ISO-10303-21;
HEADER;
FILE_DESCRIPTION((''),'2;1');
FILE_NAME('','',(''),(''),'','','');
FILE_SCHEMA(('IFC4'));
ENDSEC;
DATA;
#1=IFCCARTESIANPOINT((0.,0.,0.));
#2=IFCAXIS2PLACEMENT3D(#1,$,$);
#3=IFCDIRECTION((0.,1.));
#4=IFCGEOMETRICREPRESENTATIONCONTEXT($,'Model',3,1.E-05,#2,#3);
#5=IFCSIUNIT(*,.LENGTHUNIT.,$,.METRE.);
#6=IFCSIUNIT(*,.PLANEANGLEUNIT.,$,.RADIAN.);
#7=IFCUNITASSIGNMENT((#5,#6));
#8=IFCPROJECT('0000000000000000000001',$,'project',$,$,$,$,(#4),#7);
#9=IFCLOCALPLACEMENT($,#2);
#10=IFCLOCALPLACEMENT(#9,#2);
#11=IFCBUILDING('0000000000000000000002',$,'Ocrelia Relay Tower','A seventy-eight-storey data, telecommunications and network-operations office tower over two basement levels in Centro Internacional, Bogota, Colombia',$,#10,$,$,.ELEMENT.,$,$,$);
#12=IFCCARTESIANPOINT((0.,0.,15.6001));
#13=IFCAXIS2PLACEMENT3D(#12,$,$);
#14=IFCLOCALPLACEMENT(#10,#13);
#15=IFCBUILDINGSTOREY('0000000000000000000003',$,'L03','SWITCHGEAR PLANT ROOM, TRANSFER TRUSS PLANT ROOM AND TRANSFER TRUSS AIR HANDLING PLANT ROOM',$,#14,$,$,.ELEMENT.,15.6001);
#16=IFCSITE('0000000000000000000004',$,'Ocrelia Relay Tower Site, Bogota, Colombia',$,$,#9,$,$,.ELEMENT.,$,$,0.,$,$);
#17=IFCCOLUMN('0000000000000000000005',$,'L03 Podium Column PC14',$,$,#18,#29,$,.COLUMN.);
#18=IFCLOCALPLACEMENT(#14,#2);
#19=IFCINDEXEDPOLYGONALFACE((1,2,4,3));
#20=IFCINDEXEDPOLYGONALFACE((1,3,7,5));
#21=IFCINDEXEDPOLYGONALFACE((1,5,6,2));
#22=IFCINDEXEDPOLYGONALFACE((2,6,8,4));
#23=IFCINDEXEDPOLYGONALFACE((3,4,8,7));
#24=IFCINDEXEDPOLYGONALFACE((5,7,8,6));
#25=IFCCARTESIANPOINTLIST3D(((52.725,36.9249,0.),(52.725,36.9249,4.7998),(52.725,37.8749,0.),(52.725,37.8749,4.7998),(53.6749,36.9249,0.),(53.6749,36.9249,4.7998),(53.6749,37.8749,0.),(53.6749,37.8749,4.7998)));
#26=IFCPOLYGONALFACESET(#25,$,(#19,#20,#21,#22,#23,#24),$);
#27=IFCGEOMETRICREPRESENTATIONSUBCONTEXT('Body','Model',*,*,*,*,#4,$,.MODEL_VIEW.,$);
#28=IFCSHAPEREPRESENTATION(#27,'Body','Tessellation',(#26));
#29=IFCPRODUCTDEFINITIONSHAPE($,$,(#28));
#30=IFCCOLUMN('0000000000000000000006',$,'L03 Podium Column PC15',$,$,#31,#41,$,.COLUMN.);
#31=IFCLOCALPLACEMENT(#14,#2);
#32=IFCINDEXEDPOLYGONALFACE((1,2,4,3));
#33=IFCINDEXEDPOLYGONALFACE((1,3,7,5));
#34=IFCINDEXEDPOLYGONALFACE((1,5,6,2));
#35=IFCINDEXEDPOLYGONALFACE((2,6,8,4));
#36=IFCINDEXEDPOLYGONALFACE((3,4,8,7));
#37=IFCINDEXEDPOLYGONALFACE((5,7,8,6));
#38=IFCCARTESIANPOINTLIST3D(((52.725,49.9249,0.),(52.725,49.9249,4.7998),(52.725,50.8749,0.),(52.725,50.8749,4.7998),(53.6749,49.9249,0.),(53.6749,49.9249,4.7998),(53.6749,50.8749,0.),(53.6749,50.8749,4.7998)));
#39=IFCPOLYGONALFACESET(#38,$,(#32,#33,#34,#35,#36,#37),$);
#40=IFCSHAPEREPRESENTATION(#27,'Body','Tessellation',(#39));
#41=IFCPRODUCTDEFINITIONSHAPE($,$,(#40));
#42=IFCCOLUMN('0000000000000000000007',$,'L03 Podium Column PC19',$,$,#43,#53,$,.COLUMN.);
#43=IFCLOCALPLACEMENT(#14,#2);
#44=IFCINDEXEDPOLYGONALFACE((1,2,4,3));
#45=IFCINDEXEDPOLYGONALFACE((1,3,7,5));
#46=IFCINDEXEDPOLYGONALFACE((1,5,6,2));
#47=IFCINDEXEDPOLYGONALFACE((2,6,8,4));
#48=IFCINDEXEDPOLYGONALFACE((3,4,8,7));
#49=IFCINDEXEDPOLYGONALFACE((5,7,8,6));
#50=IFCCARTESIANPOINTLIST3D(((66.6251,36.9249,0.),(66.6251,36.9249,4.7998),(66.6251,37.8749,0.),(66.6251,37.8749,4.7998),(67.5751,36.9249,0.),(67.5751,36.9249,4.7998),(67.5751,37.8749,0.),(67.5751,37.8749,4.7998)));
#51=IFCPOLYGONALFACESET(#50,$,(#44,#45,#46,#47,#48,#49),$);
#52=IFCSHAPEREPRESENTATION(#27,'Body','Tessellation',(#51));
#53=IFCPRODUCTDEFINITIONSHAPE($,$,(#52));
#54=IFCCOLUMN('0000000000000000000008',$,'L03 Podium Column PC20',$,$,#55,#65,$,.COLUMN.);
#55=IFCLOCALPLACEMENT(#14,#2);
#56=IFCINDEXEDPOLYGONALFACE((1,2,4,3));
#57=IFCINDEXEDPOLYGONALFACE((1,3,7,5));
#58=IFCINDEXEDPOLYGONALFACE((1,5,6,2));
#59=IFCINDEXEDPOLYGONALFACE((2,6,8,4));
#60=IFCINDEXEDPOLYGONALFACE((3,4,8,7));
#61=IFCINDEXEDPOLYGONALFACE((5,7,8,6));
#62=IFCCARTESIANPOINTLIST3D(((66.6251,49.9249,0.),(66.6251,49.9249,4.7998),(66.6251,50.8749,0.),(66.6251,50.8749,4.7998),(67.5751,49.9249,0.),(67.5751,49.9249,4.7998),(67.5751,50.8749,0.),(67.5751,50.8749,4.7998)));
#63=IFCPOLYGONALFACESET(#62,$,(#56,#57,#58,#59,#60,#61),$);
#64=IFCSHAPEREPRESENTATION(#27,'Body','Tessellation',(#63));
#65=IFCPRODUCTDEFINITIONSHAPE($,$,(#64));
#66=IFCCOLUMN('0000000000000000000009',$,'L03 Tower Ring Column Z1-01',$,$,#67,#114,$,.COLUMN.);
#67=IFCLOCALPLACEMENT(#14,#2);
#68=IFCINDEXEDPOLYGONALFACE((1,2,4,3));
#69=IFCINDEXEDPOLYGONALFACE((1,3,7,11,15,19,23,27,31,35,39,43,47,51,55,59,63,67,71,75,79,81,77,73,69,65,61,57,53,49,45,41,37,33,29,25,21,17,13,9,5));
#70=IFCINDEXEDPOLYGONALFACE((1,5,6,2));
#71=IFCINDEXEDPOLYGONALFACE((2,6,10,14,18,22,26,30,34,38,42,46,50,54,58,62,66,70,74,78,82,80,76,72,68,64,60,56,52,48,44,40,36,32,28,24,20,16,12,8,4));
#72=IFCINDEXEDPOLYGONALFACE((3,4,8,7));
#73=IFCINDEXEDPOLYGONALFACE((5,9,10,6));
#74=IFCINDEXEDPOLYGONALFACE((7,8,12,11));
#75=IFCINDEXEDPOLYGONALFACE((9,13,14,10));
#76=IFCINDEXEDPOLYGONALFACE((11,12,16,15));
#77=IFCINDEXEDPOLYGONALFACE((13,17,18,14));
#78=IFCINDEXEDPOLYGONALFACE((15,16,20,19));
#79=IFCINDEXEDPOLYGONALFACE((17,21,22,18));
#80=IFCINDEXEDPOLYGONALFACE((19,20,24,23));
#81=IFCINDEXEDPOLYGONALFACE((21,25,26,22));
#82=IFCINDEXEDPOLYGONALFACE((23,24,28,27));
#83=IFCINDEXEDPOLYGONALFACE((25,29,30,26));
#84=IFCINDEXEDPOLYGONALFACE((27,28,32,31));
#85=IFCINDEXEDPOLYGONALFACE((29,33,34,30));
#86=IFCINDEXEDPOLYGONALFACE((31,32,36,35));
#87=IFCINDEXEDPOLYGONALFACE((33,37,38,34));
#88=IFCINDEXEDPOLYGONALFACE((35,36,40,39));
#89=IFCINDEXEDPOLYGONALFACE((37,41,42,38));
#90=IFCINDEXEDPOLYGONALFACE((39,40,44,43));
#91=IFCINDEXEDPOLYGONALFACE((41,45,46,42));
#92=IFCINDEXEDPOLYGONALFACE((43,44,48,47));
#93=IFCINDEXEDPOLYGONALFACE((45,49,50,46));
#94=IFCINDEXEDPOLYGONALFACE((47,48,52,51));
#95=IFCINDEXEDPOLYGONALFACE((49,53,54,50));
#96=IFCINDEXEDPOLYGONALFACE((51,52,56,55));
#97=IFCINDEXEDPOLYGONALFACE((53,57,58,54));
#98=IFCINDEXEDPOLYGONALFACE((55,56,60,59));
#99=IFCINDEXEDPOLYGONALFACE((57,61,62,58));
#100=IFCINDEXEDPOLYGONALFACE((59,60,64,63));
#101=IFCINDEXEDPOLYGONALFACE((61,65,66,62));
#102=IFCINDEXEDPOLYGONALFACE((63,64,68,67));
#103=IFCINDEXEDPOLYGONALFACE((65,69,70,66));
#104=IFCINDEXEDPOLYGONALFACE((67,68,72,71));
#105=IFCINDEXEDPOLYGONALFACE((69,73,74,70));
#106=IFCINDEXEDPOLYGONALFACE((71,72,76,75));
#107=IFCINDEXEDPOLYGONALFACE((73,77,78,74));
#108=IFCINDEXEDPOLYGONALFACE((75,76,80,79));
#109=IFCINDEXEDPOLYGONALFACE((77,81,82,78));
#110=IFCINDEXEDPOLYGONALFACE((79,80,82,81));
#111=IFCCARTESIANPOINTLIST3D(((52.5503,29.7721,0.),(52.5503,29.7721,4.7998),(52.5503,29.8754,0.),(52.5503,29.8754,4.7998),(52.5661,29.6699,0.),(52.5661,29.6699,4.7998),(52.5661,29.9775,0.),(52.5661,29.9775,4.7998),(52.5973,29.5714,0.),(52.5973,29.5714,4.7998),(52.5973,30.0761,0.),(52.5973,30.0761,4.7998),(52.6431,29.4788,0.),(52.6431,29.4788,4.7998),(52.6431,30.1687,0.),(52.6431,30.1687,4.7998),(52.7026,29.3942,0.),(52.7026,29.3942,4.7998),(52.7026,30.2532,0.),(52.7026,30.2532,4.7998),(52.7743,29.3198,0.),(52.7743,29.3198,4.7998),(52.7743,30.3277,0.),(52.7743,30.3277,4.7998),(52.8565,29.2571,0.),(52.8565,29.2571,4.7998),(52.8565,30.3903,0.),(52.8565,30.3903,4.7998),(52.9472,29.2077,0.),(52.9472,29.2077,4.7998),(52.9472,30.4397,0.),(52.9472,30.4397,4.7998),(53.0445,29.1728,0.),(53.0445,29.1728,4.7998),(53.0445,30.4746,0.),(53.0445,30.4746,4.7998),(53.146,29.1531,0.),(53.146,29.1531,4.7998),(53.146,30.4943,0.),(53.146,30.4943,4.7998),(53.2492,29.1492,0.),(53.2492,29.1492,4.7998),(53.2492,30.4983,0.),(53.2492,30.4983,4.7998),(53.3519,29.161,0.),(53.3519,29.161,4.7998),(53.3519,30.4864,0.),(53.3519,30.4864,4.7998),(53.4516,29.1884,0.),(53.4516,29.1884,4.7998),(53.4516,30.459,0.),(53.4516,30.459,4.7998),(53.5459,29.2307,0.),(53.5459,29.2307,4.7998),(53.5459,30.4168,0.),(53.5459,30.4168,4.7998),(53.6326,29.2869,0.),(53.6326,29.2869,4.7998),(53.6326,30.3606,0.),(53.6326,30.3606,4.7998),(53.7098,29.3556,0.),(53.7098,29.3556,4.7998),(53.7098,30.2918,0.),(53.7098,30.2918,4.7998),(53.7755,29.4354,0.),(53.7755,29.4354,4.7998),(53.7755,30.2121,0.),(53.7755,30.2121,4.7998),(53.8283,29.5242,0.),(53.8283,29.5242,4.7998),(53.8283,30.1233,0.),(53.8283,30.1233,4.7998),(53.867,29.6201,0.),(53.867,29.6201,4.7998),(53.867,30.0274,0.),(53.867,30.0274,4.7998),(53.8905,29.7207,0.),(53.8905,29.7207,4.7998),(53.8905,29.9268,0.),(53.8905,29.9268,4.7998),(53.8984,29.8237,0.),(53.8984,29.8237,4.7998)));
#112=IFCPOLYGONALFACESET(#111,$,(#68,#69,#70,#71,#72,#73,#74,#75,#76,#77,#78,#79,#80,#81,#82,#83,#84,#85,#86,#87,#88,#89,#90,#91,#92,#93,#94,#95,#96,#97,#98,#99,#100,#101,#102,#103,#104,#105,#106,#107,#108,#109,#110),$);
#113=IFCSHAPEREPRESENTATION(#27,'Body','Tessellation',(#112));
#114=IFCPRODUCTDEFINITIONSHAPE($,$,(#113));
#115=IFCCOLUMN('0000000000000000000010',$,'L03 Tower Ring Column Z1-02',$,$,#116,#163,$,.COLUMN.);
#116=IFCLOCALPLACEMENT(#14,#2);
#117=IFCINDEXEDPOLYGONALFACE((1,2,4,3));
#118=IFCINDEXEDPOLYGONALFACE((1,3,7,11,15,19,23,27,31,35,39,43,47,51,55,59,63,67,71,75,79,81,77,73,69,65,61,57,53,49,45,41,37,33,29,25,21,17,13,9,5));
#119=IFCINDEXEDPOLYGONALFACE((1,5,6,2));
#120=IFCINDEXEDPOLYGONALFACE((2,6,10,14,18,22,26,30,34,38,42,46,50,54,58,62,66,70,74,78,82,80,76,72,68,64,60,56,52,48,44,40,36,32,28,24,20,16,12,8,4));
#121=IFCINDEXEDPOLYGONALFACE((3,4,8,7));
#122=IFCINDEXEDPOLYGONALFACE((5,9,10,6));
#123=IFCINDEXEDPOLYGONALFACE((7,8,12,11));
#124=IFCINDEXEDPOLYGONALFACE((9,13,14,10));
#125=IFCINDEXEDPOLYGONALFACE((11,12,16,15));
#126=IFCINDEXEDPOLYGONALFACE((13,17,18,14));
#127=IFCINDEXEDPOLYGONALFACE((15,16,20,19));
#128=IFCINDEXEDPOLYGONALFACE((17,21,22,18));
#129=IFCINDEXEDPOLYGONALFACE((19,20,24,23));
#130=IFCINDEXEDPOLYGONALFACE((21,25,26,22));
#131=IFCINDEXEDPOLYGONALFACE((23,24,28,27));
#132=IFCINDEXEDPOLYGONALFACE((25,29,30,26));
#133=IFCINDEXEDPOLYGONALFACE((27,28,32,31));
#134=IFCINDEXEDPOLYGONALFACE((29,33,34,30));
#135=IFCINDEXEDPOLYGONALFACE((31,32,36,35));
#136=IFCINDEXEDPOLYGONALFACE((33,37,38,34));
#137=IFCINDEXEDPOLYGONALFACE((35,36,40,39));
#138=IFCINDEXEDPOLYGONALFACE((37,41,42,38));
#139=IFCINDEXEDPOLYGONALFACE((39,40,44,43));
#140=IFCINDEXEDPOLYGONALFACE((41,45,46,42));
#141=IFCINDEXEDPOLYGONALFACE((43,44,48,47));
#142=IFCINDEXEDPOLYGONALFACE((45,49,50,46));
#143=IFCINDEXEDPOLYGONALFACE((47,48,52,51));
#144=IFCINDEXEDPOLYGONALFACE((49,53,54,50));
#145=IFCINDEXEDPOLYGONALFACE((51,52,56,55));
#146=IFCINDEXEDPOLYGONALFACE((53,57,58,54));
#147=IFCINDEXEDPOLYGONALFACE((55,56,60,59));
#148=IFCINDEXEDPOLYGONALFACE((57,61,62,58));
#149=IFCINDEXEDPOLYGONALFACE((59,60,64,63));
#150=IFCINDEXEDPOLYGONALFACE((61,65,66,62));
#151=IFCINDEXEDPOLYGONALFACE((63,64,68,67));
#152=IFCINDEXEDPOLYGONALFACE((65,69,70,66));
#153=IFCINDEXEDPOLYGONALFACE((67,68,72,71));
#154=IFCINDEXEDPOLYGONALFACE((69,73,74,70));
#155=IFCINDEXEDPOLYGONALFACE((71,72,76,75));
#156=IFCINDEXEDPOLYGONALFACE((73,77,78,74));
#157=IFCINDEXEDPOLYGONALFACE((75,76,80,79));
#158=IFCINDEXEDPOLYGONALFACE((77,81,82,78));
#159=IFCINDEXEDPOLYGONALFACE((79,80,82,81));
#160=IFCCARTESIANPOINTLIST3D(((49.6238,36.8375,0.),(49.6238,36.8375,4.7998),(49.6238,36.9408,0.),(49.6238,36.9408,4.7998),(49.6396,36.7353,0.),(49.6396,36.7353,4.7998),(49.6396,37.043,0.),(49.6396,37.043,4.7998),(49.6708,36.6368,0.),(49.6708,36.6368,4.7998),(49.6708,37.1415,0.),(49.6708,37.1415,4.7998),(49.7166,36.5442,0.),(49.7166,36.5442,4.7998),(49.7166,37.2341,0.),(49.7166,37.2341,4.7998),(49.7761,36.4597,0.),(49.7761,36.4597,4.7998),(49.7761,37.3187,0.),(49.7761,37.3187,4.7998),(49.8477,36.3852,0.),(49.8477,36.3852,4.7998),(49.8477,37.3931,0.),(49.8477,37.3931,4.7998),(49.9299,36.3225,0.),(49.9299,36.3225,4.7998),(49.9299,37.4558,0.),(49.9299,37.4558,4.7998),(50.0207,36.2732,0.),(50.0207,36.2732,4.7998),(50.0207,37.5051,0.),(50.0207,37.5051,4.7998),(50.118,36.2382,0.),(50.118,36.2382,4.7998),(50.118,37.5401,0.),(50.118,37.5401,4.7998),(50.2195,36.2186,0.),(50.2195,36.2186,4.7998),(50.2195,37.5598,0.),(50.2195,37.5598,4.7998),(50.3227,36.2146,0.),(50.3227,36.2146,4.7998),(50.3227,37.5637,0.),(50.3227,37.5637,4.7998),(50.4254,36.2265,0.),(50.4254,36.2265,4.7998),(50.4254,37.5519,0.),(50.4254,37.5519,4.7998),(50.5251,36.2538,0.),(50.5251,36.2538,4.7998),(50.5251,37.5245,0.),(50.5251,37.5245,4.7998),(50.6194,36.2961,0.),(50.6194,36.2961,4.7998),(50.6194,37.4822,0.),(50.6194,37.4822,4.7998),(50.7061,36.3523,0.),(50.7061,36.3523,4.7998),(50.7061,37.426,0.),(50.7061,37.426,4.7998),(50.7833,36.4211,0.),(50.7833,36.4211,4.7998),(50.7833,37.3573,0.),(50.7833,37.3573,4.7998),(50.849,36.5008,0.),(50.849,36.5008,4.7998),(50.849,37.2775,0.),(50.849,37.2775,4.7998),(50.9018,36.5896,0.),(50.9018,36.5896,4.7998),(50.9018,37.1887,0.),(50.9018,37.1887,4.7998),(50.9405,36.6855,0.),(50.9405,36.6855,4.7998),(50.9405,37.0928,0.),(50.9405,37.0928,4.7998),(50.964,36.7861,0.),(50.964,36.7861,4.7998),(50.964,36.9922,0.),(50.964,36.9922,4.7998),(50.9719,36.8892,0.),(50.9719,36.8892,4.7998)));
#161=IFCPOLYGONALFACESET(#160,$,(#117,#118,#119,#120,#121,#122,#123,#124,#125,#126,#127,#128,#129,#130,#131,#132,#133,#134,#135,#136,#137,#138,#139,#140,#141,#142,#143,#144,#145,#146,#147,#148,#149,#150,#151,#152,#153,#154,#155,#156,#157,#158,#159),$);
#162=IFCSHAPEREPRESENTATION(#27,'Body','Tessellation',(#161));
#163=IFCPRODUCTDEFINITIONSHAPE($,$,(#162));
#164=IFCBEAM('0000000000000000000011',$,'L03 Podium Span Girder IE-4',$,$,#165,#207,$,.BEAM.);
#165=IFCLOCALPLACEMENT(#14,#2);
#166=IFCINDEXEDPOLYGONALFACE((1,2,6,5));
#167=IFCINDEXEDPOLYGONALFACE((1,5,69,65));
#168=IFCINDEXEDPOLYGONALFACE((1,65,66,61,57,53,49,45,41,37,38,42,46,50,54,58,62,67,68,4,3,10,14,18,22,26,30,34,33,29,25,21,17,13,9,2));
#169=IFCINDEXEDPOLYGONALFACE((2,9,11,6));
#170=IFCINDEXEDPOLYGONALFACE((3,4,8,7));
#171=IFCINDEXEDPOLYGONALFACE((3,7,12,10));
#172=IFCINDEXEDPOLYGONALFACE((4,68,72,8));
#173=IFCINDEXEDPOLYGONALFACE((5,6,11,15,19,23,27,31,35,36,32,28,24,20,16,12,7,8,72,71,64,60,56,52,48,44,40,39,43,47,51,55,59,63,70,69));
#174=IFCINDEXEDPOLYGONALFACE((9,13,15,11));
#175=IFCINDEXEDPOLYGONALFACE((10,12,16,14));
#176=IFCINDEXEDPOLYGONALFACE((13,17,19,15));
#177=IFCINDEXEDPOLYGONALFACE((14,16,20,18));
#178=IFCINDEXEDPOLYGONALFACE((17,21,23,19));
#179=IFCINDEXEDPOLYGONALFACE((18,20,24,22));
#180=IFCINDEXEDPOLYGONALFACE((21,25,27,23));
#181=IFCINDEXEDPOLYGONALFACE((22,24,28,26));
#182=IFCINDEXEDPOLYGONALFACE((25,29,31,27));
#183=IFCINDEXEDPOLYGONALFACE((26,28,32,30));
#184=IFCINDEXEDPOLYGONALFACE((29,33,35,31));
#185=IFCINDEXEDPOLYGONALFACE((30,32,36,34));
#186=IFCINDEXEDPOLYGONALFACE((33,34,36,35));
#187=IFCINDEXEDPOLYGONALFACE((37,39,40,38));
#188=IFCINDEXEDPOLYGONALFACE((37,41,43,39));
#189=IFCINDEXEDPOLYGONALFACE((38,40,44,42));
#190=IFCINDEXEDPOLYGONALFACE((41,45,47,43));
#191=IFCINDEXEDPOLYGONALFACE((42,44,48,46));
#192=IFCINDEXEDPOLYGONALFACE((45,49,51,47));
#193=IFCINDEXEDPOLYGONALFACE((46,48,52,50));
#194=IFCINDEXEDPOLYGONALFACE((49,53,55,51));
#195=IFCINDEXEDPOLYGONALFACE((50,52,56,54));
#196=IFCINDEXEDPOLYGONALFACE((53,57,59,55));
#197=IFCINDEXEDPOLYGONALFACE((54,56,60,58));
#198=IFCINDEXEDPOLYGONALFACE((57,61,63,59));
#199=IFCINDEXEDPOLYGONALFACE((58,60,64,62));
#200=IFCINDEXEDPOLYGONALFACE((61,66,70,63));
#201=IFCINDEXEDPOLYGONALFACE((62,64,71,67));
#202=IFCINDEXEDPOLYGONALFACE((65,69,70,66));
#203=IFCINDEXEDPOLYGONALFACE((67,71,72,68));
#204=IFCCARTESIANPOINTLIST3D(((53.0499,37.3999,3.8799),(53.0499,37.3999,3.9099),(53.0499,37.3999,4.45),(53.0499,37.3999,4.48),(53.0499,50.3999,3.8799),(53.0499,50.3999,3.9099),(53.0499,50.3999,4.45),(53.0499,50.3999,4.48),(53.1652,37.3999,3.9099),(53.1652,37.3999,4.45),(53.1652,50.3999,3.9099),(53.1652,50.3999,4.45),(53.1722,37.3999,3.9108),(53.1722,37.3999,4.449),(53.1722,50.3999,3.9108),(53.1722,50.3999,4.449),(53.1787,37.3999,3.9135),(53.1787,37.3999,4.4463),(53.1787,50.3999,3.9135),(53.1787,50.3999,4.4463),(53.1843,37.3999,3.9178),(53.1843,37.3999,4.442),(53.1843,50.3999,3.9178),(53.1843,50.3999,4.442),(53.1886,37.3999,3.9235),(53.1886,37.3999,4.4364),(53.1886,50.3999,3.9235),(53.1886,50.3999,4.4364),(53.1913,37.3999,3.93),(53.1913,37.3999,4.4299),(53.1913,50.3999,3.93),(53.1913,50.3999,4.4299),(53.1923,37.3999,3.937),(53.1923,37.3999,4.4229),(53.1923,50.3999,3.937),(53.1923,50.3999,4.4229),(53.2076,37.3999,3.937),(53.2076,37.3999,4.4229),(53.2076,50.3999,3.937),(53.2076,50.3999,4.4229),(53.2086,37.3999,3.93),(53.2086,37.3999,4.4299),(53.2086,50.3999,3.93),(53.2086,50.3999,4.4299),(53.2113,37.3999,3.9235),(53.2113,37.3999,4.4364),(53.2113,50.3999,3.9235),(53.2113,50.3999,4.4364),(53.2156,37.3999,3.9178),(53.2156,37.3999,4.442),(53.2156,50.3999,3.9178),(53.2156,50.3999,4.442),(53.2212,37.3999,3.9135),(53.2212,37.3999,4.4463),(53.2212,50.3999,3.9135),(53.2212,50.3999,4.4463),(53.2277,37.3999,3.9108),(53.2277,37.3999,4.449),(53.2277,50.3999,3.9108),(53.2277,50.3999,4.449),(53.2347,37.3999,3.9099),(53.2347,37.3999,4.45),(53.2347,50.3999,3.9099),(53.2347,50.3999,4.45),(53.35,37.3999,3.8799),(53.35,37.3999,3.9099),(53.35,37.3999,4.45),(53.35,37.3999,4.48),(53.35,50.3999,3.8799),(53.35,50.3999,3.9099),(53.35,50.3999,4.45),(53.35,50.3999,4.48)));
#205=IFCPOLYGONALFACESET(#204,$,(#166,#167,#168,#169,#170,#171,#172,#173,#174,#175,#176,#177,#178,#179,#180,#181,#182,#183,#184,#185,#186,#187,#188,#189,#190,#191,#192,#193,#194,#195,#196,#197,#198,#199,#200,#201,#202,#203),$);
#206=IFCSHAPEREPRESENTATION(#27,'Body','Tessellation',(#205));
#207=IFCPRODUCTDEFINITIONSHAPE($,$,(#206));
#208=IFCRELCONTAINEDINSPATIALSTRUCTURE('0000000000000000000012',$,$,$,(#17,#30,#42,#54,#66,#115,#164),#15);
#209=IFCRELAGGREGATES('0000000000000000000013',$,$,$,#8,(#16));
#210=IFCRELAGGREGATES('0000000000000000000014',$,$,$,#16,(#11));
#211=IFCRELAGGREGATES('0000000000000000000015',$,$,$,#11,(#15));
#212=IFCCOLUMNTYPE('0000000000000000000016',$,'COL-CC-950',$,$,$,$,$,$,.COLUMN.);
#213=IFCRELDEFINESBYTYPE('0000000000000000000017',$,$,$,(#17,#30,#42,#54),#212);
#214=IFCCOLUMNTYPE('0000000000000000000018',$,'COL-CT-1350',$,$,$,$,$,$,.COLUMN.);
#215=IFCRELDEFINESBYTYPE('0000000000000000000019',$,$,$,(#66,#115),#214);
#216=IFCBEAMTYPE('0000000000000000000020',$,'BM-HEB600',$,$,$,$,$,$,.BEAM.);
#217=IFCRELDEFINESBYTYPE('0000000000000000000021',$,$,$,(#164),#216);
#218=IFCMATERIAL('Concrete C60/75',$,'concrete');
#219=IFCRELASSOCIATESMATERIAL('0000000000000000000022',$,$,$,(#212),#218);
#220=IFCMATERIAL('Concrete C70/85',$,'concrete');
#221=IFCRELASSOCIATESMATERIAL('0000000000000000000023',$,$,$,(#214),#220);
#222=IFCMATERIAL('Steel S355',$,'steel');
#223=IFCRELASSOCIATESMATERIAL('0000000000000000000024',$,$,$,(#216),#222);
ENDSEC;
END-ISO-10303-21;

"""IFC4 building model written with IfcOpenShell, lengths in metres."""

from ifc_helpers import new_model, si_unit, direction, frame, origin, origin_2d, place, context, subcontext, project, spatial, rectangle, circle, i_section, extrude, material, material_profile, profile_set, type_object, element, save


model = new_model("IFC4")

# Units and contexts
model_context = context("Model", 3, precision=1e-05, world=origin(), true_north=direction((0.0, 1.0)))
body_context = subcontext(model_context, "Body", "Model", "MODEL_VIEW")
ifc_project = project(units=[si_unit("LENGTHUNIT", "METRE"), si_unit("PLANEANGLEUNIT", "RADIAN")], contexts=[model_context])

# Site, building, storey
site_placement = place(None, origin())
site = spatial("IfcSite", under=ifc_project, at=site_placement, Name="Ocrelia Relay Tower Site, Bogota, Colombia", CompositionType="ELEMENT", RefElevation=0.0)
building_placement = place(site_placement, origin())
building = spatial("IfcBuilding", under=site, at=building_placement, Name="Ocrelia Relay Tower", Description="A seventy-eight-storey data, telecommunications and network-operations office tower over two basement levels in Centro Internacional, Bogota, Colombia", CompositionType="ELEMENT")
storey_placement = place(building_placement, frame((0.0, 0.0, 15.6001)))
storey = spatial("IfcBuildingStorey", under=building, at=storey_placement, Name="L03", Description="SWITCHGEAR PLANT ROOM, TRANSFER TRUSS PLANT ROOM AND TRANSFER TRUSS AIR HANDLING PLANT ROOM", CompositionType="ELEMENT", Elevation=15.6001)

# Columns
ifc_material_1 = material(Name="Concrete C60/75", Category="concrete")
ifc_material_profile_1 = material_profile(ifc_material_1, rectangle(XDim=0.95, YDim=0.95, at=origin_2d()), Name="RC-COL-950x950")
ifc_profile_set_1 = profile_set([ifc_material_profile_1], Name="Concrete C60/75")
column_type_1 = type_object("IfcColumnType", Name="COL-CC-950", PredefinedType="COLUMN", material=ifc_profile_set_1)
for number, where, z_axis, x_axis, name in (
    (1, (53.2, 37.3999, 0.0), (0.0, 0.0, 1.0), (1.0, 0.0, 0.0), "L03 Podium Column PC14"),
    (2, (53.2, 50.3999, 0.0), (0.0, 0.0, 1.0), (1.0, 0.0, 0.0), "L03 Podium Column PC15"),
    (3, (67.1001, 37.3999, 0.0), (0.0, 0.0, 1.0), (1.0, 0.0, 0.0), "L03 Podium Column PC19"),
    (4, (67.1001, 50.3999, 0.0), (0.0, 0.0, 1.0), (1.0, 0.0, 0.0), "L03 Podium Column PC20"),
):
    element("IfcColumn", number, at=place(storey_placement, frame(where, z_axis=z_axis, x_axis=x_axis)), inside=storey, type_object=column_type_1, Name=name, PredefinedType="COLUMN", context=body_context, shape_type="SweptSolid", body=[
        extrude(rectangle(XDim=0.95, YDim=0.95, at=origin_2d()), origin(), (0.0, 0.0, 1.0), 4.7998),
    ])
ifc_material_2 = material(Name="Concrete C70/85", Category="concrete")
ifc_material_profile_2 = material_profile(ifc_material_2, circle(Radius=0.675, at=origin_2d()), Name="RC-CIR-1350")
ifc_profile_set_2 = profile_set([ifc_material_profile_2], Name="Concrete C70/85")
column_type_2 = type_object("IfcColumnType", Name="COL-CT-1350", PredefinedType="COLUMN", material=ifc_profile_set_2)
for number, where, z_axis, x_axis, name in (
    (5, (53.2234, 29.8237, 0.0), (0.0, 0.0, 1.0), (1.0, 0.0, 0.0), "L03 Tower Ring Column Z1-01"),
    (6, (50.2969, 36.8892, 0.0), (0.0, 0.0, 1.0), (1.0, 0.0, 0.0), "L03 Tower Ring Column Z1-02"),
):
    element("IfcColumn", number, at=place(storey_placement, frame(where, z_axis=z_axis, x_axis=x_axis)), inside=storey, type_object=column_type_2, Name=name, PredefinedType="COLUMN", context=body_context, shape_type="SweptSolid", body=[
        extrude(circle(Radius=0.675, at=origin_2d()), origin(), (0.0, 0.0, 1.0), 4.7998),
    ])

# Beam
ifc_material_3 = material(Name="Steel S355", Category="steel")
ifc_material_profile_3 = material_profile(ifc_material_3, i_section(OverallWidth=0.3, OverallDepth=0.6001, WebThickness=0.0154, FlangeThickness=0.03, FilletRadius=0.0271, at=origin_2d()), Name="HEB 600")
ifc_profile_set_3 = profile_set([ifc_material_profile_3], Name="Steel S355")
beam_type_1 = type_object("IfcBeamType", Name="BM-HEB600", PredefinedType="BEAM", material=ifc_profile_set_3)
for number, where, z_axis, x_axis, name in (
    (7, (53.2, 37.3999, 4.1799), (0.0, 1.0, 0.0), (-1.0, 0.0, 0.0), "L03 Podium Span Girder IE-4"),
):
    element("IfcBeam", number, at=place(storey_placement, frame(where, z_axis=z_axis, x_axis=x_axis)), inside=storey, type_object=beam_type_1, Name=name, PredefinedType="BEAM", context=body_context, shape_type="SweptSolid", body=[
        extrude(i_section(OverallWidth=0.3, OverallDepth=0.6001, WebThickness=0.0154, FlangeThickness=0.03, FilletRadius=0.0271, at=origin_2d()), origin(), (0.0, 0.0, 1.0), 13.0),
    ])

save(model, "model.ifc")
